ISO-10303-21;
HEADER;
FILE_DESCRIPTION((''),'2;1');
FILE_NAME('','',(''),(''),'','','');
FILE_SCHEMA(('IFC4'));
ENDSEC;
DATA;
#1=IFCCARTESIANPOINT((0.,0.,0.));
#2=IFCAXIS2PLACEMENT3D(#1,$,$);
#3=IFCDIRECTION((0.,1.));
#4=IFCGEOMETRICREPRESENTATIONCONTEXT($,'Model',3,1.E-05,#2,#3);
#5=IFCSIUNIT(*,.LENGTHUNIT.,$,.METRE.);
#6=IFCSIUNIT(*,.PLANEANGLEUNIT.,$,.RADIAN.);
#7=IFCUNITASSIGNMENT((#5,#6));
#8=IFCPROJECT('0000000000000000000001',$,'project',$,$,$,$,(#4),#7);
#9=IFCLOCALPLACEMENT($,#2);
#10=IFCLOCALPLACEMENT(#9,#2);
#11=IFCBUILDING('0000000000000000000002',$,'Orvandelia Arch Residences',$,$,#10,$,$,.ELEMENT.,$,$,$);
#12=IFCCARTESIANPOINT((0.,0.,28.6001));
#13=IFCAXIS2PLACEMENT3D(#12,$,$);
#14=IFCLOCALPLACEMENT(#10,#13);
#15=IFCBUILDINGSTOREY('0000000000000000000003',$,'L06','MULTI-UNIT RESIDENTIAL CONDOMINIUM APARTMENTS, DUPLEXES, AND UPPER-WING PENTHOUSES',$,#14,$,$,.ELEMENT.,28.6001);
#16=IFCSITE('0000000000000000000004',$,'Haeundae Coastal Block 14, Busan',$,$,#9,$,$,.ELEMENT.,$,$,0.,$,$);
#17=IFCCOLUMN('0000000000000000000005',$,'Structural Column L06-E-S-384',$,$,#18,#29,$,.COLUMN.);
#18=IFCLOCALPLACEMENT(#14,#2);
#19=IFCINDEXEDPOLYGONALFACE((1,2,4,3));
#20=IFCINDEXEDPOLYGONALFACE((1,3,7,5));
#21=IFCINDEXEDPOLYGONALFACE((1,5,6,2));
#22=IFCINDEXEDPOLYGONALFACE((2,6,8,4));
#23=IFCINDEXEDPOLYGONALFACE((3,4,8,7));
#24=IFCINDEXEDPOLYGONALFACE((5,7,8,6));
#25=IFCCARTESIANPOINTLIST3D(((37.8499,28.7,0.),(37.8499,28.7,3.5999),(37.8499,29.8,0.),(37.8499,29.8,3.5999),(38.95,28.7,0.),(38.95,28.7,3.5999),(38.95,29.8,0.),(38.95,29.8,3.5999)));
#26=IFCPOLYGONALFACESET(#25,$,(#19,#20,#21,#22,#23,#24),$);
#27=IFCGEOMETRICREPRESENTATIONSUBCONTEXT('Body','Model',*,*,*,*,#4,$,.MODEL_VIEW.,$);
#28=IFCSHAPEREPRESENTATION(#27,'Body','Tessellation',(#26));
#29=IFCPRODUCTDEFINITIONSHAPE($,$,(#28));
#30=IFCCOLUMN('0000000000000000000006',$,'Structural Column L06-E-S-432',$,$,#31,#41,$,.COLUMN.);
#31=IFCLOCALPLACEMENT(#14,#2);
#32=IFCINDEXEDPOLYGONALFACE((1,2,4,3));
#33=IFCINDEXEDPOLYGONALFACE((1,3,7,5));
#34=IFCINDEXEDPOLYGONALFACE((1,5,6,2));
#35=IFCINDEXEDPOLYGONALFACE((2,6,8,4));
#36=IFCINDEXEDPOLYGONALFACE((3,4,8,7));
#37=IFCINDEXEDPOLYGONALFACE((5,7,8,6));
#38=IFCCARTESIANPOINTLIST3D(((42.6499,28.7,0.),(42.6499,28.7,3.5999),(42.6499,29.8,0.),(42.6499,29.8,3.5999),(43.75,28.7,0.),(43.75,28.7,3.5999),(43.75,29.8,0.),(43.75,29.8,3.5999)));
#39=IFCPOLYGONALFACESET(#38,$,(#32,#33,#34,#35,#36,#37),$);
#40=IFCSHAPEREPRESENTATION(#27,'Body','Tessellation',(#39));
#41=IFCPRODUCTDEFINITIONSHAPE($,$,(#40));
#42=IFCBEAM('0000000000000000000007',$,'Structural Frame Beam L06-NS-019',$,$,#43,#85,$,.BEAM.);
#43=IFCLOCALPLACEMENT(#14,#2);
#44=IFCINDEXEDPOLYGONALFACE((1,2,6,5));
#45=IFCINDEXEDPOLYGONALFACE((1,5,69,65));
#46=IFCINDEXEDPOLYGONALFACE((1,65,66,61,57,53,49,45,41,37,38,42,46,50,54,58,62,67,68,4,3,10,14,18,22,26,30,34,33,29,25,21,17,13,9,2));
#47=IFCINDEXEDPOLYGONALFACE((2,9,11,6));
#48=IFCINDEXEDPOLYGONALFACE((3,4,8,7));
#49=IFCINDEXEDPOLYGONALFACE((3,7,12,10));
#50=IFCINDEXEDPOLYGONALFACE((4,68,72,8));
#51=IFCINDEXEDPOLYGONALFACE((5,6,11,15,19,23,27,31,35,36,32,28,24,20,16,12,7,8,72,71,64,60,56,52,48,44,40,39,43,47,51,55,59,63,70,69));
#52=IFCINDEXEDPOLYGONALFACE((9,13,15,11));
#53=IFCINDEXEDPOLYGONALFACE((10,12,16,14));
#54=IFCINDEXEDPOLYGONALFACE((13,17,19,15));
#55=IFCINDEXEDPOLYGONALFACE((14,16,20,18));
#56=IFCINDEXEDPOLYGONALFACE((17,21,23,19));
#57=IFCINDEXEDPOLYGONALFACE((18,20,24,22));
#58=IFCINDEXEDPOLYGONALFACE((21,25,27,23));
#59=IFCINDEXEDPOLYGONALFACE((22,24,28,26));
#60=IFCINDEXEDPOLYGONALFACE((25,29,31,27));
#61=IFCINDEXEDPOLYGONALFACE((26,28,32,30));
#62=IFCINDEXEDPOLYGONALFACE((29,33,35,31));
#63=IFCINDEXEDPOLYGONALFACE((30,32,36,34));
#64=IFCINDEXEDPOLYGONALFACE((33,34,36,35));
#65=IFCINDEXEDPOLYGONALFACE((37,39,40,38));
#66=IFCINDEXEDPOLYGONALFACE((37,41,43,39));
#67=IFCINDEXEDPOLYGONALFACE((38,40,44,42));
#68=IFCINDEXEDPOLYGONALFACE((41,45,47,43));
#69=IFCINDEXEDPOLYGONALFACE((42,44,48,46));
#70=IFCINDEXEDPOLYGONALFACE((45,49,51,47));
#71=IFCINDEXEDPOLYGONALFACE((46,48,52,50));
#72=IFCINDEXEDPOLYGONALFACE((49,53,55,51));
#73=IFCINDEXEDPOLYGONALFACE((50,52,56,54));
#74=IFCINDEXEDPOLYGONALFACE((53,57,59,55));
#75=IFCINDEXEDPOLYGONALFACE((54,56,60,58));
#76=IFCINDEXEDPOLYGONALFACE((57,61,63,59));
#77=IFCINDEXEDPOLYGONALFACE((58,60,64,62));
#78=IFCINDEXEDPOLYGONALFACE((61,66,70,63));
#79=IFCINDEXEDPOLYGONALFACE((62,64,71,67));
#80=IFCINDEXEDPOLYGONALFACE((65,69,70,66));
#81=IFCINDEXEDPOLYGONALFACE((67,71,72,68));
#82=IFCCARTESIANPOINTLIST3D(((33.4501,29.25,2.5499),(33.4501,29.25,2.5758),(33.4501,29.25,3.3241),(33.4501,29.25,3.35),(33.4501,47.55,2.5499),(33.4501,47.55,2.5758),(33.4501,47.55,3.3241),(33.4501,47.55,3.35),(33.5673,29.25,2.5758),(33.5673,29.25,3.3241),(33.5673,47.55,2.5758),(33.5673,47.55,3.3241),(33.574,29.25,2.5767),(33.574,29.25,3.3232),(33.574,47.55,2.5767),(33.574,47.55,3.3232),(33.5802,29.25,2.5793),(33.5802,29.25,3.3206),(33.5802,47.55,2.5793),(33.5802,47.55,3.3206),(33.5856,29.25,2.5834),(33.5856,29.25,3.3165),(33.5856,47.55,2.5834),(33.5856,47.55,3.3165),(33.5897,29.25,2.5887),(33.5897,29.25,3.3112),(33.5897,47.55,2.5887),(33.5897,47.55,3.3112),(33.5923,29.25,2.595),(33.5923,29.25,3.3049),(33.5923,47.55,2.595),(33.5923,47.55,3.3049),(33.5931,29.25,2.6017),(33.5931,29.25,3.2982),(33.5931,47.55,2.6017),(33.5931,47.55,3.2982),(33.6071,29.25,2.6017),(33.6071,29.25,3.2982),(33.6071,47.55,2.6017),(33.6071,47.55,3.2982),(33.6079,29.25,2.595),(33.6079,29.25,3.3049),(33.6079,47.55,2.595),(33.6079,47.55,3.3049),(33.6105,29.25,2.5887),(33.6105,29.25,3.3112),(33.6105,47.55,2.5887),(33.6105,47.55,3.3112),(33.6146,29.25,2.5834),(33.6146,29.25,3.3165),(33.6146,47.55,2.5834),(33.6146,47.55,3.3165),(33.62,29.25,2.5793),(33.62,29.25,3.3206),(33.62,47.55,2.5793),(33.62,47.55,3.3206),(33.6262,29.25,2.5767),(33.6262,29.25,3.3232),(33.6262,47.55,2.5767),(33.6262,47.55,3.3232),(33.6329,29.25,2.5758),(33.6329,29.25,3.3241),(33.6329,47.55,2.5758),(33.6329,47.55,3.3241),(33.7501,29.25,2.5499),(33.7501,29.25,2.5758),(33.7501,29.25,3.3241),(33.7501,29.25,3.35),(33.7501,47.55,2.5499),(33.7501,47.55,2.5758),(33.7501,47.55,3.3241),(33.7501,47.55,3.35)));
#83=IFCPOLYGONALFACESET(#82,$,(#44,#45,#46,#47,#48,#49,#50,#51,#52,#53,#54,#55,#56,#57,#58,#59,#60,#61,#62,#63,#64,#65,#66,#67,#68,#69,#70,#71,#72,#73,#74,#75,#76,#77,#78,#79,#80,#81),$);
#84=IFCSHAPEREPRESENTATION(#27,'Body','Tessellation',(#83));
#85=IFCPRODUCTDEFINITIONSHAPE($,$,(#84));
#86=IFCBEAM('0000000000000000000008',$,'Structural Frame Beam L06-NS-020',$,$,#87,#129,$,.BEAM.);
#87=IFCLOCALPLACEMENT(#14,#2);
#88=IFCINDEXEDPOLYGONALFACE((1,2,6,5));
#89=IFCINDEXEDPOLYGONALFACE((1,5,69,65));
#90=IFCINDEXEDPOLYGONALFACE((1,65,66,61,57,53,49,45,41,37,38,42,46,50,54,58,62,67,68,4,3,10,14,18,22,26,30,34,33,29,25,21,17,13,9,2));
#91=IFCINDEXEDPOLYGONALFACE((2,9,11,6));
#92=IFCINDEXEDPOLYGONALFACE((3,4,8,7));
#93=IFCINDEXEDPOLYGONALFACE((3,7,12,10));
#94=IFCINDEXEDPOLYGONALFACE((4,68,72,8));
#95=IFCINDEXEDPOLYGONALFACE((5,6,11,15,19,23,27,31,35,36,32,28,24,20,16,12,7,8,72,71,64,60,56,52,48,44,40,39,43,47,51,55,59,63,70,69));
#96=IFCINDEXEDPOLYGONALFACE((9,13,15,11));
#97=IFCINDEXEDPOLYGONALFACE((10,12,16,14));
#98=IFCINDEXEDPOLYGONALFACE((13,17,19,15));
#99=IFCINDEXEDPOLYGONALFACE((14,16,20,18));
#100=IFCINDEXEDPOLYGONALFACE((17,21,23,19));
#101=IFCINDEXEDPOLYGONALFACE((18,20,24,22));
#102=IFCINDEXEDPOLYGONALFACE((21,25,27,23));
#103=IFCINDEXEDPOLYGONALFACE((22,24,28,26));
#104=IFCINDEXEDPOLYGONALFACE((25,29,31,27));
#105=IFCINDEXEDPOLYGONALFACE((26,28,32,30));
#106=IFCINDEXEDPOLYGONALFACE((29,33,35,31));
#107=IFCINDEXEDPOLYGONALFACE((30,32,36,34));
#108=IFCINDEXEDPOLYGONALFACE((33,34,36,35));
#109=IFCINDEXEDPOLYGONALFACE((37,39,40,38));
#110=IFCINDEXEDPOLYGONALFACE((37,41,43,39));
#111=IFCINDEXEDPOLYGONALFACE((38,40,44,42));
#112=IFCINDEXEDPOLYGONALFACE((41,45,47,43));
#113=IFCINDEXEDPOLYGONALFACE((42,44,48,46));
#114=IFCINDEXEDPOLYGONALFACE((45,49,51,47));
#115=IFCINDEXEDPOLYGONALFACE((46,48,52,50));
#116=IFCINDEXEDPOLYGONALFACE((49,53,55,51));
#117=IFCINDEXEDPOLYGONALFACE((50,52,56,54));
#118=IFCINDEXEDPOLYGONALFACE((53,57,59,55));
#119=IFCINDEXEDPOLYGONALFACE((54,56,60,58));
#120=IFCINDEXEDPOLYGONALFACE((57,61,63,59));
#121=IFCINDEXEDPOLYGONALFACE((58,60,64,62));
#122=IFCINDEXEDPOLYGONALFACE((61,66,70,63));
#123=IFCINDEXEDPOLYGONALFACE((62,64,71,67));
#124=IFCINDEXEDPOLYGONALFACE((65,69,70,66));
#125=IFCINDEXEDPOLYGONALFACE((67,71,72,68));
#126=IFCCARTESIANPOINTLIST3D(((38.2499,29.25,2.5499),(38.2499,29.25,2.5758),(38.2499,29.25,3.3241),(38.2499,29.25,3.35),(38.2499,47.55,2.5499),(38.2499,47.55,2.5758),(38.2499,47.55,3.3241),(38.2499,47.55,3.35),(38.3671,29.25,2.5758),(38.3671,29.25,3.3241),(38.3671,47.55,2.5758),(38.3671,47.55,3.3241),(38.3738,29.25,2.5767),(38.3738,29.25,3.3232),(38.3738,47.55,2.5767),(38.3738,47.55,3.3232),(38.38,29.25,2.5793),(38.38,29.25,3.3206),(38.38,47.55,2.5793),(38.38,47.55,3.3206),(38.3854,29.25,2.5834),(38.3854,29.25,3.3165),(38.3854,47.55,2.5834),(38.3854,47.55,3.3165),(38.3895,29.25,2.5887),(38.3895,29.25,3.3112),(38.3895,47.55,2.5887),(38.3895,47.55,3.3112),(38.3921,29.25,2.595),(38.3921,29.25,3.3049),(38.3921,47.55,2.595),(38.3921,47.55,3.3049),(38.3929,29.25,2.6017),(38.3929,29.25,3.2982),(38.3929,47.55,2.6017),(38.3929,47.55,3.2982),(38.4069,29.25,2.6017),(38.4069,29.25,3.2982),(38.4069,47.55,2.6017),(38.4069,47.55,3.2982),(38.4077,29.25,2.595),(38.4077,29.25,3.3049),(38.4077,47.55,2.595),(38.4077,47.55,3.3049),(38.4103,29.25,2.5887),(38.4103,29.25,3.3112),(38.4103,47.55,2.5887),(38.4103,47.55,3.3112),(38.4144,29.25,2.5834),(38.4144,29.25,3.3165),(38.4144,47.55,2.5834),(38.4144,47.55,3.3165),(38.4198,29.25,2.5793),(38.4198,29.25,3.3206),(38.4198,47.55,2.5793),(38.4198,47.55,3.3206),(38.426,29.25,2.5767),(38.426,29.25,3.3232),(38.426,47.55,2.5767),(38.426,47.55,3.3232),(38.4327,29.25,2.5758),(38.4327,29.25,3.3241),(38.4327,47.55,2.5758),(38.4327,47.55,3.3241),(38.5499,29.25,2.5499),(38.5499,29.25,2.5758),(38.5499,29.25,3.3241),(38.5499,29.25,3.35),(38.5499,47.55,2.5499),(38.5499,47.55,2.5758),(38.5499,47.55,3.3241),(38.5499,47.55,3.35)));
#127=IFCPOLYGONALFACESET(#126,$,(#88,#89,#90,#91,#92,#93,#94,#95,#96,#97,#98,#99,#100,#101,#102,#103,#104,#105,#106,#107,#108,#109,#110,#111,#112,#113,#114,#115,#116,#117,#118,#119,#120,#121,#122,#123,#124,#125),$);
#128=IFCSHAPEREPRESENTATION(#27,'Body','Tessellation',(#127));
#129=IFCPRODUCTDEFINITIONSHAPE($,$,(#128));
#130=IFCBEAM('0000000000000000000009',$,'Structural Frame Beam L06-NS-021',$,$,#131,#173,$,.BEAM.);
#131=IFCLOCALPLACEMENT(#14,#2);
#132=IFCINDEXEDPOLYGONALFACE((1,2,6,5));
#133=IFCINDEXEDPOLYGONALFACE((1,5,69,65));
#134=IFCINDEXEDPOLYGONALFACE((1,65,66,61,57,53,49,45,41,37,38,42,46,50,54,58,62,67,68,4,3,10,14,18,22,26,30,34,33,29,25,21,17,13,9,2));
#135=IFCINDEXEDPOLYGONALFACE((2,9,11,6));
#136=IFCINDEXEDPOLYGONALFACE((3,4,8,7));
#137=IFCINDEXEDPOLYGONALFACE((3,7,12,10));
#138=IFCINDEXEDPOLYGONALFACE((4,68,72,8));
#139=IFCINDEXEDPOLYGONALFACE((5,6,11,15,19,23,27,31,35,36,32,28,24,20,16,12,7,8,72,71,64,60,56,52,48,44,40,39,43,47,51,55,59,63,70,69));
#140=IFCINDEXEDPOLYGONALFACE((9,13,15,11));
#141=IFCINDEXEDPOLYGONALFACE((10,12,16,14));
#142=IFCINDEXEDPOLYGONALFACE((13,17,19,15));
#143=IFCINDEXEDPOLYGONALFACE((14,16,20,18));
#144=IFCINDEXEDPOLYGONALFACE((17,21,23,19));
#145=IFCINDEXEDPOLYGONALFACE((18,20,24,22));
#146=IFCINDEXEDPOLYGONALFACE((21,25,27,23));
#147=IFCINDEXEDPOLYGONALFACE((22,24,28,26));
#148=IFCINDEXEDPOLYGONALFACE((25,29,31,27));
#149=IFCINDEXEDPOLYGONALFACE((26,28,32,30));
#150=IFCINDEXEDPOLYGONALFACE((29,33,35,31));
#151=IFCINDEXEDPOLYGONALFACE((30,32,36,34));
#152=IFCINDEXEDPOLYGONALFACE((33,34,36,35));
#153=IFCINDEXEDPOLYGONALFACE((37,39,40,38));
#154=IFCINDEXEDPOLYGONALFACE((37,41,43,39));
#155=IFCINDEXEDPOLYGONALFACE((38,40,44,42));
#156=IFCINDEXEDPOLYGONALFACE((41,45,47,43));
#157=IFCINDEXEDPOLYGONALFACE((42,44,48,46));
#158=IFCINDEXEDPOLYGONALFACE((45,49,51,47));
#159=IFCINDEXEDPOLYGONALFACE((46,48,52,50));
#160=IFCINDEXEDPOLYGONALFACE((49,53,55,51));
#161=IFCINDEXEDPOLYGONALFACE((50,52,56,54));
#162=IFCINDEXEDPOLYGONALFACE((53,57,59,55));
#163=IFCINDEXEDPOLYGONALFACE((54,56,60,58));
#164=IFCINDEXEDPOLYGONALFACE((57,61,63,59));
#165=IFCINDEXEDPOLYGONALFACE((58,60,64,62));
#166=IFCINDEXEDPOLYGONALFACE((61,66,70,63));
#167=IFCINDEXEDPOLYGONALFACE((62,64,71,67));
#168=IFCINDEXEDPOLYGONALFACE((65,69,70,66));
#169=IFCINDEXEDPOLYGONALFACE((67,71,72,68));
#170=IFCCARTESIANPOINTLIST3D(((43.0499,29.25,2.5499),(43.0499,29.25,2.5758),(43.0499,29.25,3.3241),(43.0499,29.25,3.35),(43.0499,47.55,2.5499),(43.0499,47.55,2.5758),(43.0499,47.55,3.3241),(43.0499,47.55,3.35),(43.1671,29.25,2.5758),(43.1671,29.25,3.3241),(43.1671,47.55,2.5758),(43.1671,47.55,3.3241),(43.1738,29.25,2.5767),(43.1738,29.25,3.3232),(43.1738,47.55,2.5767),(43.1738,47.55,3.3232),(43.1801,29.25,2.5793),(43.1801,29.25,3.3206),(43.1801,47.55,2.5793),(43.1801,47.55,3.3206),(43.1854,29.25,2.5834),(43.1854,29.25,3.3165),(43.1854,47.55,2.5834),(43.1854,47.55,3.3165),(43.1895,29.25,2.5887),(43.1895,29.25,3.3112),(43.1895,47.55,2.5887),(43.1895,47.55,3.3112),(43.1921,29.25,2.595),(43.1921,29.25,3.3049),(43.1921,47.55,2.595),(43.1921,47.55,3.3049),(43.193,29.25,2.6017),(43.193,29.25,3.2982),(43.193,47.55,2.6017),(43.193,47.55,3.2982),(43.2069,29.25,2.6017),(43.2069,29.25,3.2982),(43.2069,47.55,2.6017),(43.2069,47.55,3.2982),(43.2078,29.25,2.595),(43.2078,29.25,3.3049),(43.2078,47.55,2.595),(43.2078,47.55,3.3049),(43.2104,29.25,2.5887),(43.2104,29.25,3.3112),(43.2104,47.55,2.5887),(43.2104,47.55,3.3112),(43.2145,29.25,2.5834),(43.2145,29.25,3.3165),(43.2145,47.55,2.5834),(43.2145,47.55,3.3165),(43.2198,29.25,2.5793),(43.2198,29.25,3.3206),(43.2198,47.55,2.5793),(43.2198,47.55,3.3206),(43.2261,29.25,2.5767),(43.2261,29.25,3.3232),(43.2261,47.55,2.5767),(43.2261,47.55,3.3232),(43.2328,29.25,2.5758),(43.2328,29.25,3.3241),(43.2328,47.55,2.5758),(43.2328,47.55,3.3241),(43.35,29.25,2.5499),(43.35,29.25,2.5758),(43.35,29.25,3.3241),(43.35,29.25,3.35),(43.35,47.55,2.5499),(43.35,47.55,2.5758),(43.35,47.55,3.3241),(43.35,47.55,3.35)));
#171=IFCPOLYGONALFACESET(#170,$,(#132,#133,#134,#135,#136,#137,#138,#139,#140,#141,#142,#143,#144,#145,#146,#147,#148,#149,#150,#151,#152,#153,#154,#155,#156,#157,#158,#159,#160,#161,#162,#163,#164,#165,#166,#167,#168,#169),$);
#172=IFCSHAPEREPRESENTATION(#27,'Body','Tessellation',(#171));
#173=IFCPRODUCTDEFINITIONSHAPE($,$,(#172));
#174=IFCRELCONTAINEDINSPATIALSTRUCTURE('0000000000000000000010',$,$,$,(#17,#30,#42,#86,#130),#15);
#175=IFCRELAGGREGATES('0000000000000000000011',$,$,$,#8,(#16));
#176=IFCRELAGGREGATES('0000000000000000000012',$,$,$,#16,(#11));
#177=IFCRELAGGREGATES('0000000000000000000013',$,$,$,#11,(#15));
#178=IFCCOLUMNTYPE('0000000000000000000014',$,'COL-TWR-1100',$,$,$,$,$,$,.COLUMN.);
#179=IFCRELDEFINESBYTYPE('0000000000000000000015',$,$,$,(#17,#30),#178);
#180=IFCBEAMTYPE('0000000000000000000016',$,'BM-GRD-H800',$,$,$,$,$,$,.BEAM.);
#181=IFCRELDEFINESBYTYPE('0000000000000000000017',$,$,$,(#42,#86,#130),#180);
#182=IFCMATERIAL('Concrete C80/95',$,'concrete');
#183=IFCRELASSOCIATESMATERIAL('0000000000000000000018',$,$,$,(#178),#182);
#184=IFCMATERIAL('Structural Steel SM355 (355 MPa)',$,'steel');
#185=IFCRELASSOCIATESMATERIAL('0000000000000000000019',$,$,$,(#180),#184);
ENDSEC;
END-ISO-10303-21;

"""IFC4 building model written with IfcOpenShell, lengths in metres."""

from ifc_helpers import new_model, si_unit, direction, frame, origin, origin_2d, place, context, subcontext, project, spatial, rectangle, i_section, extrude, material, material_profile, profile_set, type_object, element, save


model = new_model("IFC4")

# Units and contexts
model_context = context("Model", 3, precision=1e-05, world=origin(), true_north=direction((0.0, 1.0)))
body_context = subcontext(model_context, "Body", "Model", "MODEL_VIEW")
ifc_project = project(units=[si_unit("LENGTHUNIT", "METRE"), si_unit("PLANEANGLEUNIT", "RADIAN")], contexts=[model_context])

# Site, building, storey
site_placement = place(None, origin())
site = spatial("IfcSite", under=ifc_project, at=site_placement, Name="Haeundae Coastal Block 14, Busan", CompositionType="ELEMENT", RefElevation=0.0)
building_placement = place(site_placement, origin())
building = spatial("IfcBuilding", under=site, at=building_placement, Name="Orvandelia Arch Residences", CompositionType="ELEMENT")
storey_placement = place(building_placement, frame((0.0, 0.0, 28.6001)))
storey = spatial("IfcBuildingStorey", under=building, at=storey_placement, Name="L06", Description="MULTI-UNIT RESIDENTIAL CONDOMINIUM APARTMENTS, DUPLEXES, AND UPPER-WING PENTHOUSES", CompositionType="ELEMENT", Elevation=28.6001)

# Columns
ifc_material_1 = material(Name="Concrete C80/95", Category="concrete")
ifc_material_profile_1 = material_profile(ifc_material_1, rectangle(XDim=1.1001, YDim=1.1001, at=origin_2d()), Name="Concrete C80/95", Category="concrete")
ifc_profile_set_1 = profile_set([ifc_material_profile_1], Name="Concrete C80/95")
column_type = type_object("IfcColumnType", Name="COL-TWR-1100", PredefinedType="COLUMN", material=ifc_profile_set_1)
for number, where, z_axis, x_axis, name in (
    (1, (38.3999, 29.25, 0.0), (0.0, 0.0, 1.0), (1.0, 0.0, 0.0), "Structural Column L06-E-S-384"),
    (2, (43.2, 29.25, 0.0), (0.0, 0.0, 1.0), (1.0, 0.0, 0.0), "Structural Column L06-E-S-432"),
):
    element("IfcColumn", number, at=place(storey_placement, frame(where, z_axis=z_axis, x_axis=x_axis)), inside=storey, type_object=column_type, Name=name, PredefinedType="COLUMN", context=body_context, shape_type="SweptSolid", body=[
        extrude(rectangle(XDim=1.1001, YDim=1.1001, at=origin_2d()), origin(), (0.0, 0.0, 1.0), 3.5999),
    ])

# Beams
ifc_material_2 = material(Name="Structural Steel SM355 (355 MPa)", Category="steel")
ifc_material_profile_2 = material_profile(ifc_material_2, i_section(OverallWidth=0.3, OverallDepth=0.8, WebThickness=0.0139, FlangeThickness=0.0259, FilletRadius=0.0259, at=origin_2d()), Name="Structural Steel SM355 (355 MPa)", Category="steel")
ifc_profile_set_2 = profile_set([ifc_material_profile_2], Name="Structural Steel SM355 (355 MPa)")
beam_type = type_object("IfcBeamType", Name="BM-GRD-H800", PredefinedType="BEAM", material=ifc_profile_set_2)
for number, where, z_axis, x_axis, name in (
    (3, (33.6001, 29.25, 2.95), (0.0, 1.0, 0.0), (-1.0, 0.0, 0.0), "Structural Frame Beam L06-NS-019"),
    (4, (38.3999, 29.25, 2.95), (0.0, 1.0, 0.0), (-1.0, 0.0, 0.0), "Structural Frame Beam L06-NS-020"),
    (5, (43.2, 29.25, 2.95), (0.0, 1.0, 0.0), (-1.0, 0.0, 0.0), "Structural Frame Beam L06-NS-021"),
):
    element("IfcBeam", number, at=place(storey_placement, frame(where, z_axis=z_axis, x_axis=x_axis)), inside=storey, type_object=beam_type, Name=name, PredefinedType="BEAM", context=body_context, shape_type="SweptSolid", body=[
        extrude(i_section(OverallWidth=0.3, OverallDepth=0.8, WebThickness=0.0139, FlangeThickness=0.0259, FilletRadius=0.0259, at=origin_2d()), origin(), (0.0, 0.0, 1.0), 18.3),
    ])

save(model, "model.ifc")
